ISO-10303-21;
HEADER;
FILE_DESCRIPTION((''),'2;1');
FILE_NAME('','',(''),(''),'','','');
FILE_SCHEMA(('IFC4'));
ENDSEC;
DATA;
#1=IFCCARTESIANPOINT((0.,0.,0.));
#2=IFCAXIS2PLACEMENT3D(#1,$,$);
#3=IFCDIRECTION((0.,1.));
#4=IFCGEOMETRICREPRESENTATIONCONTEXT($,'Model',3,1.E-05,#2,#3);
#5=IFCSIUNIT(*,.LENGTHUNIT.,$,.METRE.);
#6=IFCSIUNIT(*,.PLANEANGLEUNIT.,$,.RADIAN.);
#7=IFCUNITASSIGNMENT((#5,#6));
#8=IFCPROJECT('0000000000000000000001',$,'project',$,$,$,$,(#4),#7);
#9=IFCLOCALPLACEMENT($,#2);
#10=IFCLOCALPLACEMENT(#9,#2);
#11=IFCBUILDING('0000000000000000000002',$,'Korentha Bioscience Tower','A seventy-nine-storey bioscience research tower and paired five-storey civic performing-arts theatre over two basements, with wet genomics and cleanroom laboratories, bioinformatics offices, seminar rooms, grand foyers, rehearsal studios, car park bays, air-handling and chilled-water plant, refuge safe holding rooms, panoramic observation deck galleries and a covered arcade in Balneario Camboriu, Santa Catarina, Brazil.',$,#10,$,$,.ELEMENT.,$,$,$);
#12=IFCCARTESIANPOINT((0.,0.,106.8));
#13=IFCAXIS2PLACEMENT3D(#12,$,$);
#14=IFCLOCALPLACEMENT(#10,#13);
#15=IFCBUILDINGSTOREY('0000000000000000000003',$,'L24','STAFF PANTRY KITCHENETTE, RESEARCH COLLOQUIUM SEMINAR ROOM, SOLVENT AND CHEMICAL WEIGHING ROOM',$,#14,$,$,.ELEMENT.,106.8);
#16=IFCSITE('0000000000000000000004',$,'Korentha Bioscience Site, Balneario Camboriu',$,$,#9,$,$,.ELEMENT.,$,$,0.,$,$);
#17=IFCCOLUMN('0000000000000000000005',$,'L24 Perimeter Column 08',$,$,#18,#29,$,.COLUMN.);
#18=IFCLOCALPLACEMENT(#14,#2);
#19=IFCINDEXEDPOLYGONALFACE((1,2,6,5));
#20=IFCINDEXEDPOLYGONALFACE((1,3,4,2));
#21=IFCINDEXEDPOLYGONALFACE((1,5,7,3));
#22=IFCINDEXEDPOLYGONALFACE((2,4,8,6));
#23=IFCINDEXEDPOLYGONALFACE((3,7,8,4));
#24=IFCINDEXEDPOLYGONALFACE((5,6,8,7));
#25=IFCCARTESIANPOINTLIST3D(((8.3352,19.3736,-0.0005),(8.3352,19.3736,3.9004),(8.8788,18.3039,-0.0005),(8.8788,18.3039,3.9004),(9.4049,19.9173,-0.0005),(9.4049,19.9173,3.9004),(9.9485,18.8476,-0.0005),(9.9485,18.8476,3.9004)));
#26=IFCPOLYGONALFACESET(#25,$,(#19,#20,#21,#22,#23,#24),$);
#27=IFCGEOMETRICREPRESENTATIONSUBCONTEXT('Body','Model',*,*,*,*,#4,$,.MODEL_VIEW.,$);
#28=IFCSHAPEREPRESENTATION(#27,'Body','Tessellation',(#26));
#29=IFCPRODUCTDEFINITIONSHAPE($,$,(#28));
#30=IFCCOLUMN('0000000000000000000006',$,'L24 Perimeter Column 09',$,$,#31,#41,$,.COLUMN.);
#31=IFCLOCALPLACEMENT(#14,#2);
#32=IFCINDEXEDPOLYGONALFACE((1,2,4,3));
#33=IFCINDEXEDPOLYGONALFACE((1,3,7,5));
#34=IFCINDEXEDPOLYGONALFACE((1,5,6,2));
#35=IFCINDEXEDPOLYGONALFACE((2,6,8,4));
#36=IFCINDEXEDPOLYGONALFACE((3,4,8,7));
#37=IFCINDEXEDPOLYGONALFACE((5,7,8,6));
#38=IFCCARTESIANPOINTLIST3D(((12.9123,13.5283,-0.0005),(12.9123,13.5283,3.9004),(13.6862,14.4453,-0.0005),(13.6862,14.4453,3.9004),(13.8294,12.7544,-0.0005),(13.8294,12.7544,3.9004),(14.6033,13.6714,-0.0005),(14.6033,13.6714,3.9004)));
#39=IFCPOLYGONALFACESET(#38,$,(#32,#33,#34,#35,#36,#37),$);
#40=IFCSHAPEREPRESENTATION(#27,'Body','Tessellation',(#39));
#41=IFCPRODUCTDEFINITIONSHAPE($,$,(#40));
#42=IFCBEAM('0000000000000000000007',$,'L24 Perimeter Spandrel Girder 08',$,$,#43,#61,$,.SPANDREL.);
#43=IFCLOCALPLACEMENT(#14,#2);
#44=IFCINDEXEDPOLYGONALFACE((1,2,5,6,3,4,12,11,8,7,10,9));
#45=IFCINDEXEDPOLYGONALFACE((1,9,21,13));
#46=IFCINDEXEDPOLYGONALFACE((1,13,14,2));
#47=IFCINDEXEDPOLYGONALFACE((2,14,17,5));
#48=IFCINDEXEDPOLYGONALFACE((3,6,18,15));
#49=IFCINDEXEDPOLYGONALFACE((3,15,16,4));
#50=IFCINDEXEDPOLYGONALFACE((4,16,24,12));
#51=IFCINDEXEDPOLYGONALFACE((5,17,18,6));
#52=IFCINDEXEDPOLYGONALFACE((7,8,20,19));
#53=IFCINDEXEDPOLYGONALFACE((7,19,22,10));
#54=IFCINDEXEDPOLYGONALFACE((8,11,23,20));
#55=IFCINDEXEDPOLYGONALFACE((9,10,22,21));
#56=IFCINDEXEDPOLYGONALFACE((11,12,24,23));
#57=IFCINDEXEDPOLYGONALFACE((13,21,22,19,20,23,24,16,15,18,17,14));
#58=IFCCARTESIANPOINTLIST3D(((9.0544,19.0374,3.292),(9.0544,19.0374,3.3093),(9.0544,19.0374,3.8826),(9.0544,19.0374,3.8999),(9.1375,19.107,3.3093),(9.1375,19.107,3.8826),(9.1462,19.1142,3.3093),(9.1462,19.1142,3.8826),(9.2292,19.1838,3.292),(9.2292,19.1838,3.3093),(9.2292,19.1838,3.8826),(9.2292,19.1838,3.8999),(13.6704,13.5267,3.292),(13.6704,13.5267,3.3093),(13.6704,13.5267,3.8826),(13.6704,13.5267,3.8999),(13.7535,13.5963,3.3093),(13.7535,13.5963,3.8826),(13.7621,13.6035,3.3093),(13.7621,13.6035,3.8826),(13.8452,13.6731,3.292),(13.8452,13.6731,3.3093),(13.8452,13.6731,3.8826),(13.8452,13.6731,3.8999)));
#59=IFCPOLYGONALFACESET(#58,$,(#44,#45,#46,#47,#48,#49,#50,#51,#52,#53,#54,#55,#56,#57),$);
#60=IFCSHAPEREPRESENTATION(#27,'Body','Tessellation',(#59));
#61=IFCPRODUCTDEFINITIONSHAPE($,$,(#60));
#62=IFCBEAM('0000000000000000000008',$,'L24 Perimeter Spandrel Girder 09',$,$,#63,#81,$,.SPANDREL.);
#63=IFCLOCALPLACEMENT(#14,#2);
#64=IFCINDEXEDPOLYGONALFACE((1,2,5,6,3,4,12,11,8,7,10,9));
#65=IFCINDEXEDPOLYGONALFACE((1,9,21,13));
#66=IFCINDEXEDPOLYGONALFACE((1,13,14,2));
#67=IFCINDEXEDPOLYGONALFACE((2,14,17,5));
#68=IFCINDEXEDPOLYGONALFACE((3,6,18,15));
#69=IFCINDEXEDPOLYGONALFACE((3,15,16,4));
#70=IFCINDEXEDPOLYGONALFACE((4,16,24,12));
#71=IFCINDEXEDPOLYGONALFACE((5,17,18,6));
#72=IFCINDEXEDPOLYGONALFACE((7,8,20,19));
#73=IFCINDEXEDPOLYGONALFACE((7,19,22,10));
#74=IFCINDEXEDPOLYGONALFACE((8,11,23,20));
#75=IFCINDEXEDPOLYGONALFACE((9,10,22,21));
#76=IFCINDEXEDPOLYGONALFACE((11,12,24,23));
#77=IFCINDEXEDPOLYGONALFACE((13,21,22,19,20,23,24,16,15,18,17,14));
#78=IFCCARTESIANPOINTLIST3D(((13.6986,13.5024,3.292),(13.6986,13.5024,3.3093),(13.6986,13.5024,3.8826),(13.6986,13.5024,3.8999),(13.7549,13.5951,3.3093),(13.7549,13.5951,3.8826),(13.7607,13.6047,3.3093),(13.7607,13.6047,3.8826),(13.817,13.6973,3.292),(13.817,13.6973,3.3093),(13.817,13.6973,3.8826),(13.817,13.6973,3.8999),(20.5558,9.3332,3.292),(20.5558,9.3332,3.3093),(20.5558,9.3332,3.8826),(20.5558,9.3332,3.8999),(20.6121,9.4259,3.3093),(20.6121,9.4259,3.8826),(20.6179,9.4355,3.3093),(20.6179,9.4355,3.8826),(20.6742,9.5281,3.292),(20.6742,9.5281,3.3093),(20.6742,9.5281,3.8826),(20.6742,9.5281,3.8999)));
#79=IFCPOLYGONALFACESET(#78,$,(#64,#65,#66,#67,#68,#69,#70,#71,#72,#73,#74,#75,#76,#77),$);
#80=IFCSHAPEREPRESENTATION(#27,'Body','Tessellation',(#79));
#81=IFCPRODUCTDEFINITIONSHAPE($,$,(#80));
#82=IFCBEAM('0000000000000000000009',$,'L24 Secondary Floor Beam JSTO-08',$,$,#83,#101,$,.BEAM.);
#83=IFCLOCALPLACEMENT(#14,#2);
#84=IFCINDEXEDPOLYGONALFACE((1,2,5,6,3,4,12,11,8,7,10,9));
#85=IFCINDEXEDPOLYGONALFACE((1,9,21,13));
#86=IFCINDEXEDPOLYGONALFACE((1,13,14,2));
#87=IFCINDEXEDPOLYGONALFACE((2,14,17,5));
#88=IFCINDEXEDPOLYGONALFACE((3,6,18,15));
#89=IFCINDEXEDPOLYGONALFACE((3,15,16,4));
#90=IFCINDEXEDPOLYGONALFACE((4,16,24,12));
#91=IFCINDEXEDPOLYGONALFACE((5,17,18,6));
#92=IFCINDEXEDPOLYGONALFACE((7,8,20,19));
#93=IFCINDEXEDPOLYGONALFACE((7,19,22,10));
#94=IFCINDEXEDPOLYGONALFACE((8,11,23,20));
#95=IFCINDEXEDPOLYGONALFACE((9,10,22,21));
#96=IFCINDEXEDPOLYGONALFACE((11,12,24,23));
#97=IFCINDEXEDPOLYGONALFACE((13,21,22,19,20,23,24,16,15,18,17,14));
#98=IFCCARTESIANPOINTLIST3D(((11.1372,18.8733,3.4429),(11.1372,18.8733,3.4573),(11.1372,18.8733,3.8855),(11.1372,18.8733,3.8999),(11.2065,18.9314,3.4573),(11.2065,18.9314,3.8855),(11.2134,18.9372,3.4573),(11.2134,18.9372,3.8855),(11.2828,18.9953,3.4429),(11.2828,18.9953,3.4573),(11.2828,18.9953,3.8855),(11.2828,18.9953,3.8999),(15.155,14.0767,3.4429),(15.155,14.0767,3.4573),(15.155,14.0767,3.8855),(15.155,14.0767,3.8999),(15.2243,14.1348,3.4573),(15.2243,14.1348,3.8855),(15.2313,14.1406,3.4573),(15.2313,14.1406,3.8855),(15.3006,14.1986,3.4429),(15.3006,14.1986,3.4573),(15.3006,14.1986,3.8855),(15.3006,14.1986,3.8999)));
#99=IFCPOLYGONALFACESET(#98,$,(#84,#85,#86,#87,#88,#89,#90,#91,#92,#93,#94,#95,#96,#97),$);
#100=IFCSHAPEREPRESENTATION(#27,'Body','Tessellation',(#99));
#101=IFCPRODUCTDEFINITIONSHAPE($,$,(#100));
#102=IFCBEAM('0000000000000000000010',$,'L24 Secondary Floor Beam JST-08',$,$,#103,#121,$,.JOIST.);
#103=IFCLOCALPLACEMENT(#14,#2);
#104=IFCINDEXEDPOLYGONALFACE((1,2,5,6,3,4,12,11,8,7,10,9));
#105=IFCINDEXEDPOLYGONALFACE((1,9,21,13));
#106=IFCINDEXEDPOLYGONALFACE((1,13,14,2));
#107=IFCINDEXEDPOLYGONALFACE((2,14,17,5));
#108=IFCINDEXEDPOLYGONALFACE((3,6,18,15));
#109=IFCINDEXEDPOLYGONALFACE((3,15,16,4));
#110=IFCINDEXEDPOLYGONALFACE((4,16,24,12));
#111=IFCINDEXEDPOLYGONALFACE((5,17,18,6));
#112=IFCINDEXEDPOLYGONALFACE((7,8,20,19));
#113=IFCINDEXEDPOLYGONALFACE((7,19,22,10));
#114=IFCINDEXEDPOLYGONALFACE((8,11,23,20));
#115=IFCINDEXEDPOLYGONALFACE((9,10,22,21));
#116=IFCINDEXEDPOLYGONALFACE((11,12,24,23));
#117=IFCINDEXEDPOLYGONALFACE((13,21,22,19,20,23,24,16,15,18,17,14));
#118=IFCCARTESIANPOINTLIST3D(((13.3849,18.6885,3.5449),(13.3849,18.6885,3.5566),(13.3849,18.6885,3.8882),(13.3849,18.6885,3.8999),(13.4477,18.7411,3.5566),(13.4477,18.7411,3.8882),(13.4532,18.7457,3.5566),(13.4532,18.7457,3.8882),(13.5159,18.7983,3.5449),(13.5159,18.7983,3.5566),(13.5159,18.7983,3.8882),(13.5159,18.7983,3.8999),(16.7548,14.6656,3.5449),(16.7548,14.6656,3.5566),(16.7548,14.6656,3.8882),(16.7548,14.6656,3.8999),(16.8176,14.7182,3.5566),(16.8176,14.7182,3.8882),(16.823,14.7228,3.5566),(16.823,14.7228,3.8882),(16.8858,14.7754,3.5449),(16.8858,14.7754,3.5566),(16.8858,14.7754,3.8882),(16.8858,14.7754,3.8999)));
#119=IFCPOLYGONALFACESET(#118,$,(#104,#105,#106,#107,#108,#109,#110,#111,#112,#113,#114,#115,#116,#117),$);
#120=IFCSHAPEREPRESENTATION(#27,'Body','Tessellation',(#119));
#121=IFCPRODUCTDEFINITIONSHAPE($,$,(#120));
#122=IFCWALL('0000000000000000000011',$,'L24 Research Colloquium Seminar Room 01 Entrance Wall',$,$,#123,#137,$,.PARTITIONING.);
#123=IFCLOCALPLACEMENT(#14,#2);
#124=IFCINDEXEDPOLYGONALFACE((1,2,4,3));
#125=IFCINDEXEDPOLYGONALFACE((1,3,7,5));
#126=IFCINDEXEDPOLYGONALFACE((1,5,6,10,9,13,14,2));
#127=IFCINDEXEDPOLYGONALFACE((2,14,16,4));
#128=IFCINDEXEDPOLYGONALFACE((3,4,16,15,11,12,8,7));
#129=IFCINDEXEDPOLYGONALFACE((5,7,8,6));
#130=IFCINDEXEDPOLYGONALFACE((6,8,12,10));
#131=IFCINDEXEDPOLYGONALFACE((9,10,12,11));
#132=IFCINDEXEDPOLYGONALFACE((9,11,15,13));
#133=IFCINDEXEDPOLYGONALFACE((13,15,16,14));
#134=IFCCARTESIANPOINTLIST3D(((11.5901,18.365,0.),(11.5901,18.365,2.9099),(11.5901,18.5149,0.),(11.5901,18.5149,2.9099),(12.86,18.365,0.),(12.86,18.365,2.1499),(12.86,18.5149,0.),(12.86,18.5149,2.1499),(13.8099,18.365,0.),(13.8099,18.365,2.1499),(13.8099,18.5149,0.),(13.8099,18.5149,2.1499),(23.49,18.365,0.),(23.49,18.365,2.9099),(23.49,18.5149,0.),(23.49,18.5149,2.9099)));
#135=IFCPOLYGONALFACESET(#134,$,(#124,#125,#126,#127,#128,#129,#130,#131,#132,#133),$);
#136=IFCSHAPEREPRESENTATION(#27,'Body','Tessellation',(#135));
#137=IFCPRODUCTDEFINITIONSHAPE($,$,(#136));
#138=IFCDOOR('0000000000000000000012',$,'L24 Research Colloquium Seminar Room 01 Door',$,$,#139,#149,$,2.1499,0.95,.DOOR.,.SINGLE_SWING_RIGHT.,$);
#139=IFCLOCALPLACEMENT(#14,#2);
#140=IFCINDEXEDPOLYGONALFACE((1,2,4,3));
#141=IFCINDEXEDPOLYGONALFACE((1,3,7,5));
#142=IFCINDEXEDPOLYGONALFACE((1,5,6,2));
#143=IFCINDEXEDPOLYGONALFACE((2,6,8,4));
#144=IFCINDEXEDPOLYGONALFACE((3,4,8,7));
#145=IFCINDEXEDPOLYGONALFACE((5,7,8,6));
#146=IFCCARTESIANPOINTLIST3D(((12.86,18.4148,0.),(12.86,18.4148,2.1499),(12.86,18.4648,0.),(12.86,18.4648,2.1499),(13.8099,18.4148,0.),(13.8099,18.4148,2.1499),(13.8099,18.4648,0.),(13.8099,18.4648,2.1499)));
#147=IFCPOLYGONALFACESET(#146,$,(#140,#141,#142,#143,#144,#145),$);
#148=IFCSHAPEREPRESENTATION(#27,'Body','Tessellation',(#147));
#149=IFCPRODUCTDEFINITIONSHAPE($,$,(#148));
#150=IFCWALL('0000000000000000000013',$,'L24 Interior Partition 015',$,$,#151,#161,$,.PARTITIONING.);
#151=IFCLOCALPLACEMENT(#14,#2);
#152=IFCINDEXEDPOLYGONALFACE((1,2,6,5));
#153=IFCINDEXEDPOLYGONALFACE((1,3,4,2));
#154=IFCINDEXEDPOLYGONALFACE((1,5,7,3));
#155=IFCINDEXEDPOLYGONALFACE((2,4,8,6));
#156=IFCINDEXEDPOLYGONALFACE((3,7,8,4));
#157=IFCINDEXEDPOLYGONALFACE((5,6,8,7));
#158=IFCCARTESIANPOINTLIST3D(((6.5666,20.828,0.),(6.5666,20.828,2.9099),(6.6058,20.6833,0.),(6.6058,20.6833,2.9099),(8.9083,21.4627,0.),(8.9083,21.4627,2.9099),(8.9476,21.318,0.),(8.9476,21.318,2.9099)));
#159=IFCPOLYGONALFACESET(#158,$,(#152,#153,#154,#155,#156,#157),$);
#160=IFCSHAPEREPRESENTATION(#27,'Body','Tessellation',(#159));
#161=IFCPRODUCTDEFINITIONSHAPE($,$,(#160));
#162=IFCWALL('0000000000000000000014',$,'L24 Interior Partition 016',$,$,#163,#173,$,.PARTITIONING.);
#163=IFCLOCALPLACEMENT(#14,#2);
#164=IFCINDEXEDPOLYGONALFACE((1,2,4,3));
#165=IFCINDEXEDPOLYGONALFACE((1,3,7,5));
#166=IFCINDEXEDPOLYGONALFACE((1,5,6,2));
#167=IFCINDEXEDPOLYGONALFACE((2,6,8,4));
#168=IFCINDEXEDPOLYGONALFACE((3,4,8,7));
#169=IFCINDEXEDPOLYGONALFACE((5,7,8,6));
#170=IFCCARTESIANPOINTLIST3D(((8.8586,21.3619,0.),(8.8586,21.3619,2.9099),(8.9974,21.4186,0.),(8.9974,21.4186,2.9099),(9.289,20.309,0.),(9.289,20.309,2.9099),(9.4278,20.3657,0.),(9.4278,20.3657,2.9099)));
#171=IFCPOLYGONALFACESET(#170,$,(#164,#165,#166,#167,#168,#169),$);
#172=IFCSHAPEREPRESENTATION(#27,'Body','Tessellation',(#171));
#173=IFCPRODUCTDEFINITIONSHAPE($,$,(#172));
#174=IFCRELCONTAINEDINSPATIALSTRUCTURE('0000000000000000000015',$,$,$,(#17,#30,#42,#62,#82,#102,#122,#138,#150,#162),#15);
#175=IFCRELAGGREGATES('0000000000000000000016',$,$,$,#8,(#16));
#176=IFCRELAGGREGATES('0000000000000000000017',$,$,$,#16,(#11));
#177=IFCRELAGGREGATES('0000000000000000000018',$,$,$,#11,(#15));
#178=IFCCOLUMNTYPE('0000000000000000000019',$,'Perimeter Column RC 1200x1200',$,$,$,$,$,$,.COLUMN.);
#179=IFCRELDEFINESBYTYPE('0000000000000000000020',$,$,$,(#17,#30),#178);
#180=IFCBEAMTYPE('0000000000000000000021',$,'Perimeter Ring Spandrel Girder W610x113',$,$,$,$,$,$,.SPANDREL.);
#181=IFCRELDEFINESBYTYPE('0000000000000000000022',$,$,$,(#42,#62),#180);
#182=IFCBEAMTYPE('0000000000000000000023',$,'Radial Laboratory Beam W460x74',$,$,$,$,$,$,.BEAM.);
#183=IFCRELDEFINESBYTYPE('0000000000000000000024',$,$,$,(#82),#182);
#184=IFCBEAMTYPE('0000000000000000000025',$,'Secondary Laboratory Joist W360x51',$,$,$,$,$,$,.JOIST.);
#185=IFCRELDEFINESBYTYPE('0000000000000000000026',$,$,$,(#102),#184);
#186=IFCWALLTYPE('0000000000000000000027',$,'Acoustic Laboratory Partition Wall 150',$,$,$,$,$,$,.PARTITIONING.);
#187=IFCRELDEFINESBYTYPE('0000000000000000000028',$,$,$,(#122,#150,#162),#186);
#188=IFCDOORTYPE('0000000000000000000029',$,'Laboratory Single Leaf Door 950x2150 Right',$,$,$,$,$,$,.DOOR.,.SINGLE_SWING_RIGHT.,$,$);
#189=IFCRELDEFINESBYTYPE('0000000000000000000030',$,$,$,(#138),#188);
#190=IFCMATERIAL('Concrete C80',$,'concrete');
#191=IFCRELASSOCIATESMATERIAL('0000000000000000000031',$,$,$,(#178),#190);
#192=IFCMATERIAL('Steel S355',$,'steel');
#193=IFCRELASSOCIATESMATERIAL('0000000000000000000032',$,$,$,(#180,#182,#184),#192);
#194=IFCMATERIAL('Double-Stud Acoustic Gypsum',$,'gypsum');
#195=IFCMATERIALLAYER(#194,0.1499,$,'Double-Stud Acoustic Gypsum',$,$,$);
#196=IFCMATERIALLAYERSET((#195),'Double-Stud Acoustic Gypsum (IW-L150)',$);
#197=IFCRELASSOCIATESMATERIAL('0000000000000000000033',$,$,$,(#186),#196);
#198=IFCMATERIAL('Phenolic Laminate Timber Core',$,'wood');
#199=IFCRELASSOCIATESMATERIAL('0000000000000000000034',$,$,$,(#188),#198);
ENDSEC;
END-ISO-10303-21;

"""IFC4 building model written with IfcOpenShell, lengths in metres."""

from ifc_helpers import new_model, si_unit, direction, frame, frame_2d, origin, origin_2d, place, context, subcontext, project, spatial, rectangle, i_section, extrude, material, layer, layer_set, material_profile, profile_set, type_object, element, fill, save


model = new_model("IFC4")

# Units and contexts
model_context = context("Model", 3, precision=1e-05, world=origin(), true_north=direction((0.0, 1.0)))
body_context = subcontext(model_context, "Body", "Model", "MODEL_VIEW")
ifc_project = project(units=[si_unit("LENGTHUNIT", "METRE"), si_unit("PLANEANGLEUNIT", "RADIAN")], contexts=[model_context])

# Site, building, storey
site_placement = place(None, origin())
site = spatial("IfcSite", under=ifc_project, at=site_placement, Name="Korentha Bioscience Site, Balneario Camboriu", CompositionType="ELEMENT", RefElevation=0.0)
building_placement = place(site_placement, origin())
building = spatial("IfcBuilding", under=site, at=building_placement, Name="Korentha Bioscience Tower", Description="A seventy-nine-storey bioscience research tower and paired five-storey civic performing-arts theatre over two basements, with wet genomics and cleanroom laboratories, bioinformatics offices, seminar rooms, grand foyers, rehearsal studios, car park bays, air-handling and chilled-water plant, refuge safe holding rooms, panoramic observation deck galleries and a covered arcade in Balneario Camboriu, Santa Catarina, Brazil.", CompositionType="ELEMENT")
storey_placement = place(building_placement, frame((0.0, 0.0, 106.8)))
storey = spatial("IfcBuildingStorey", under=building, at=storey_placement, Name="L24", Description="STAFF PANTRY KITCHENETTE, RESEARCH COLLOQUIUM SEMINAR ROOM, SOLVENT AND CHEMICAL WEIGHING ROOM", CompositionType="ELEMENT", Elevation=106.8)

# Columns
ifc_material_1 = material(Name="Concrete C80", Category="concrete")
ifc_material_profile_1 = material_profile(ifc_material_1, rectangle(XDim=1.2, YDim=1.2, at=origin_2d()), Name="Concrete C80")
ifc_profile_set_1 = profile_set([ifc_material_profile_1], Name="Concrete C80 (COL-P12)")
column_type = type_object("IfcColumnType", Name="Perimeter Column RC 1200x1200", PredefinedType="COLUMN", material=ifc_profile_set_1)
for number, where, z_axis, x_axis, name in (
    (1, (9.1418, 19.1106, -0.0005), (0.0, 0.0, 1.0), (-0.453057, 0.891481, 0.0), "L24 Perimeter Column 08"),
    (2, (13.7578, 13.5999, -0.0005), (0.0, 0.0, 1.0), (-0.764246, 0.644924, 0.0), "L24 Perimeter Column 09"),
):
    element("IfcColumn", number, at=place(storey_placement, frame(where, z_axis=z_axis, x_axis=x_axis)), inside=storey, type_object=column_type, Name=name, PredefinedType="COLUMN", context=body_context, shape_type="SweptSolid", body=[
        extrude(rectangle(XDim=1.2, YDim=1.2, at=origin_2d()), origin(), (0.0, 0.0, 1.0), 3.9009),
    ])

# Beams
ifc_material_2 = material(Name="Steel S355", Category="steel")
ifc_material_profile_2 = material_profile(ifc_material_2, i_section(OverallWidth=0.228, OverallDepth=0.6079, WebThickness=0.0112, FlangeThickness=0.0173, at=origin_2d()), Name="Steel S355")
ifc_profile_set_2 = profile_set([ifc_material_profile_2], Name="Steel S355 (SB-610)")
beam_type_1 = type_object("IfcBeamType", Name="Perimeter Ring Spandrel Girder W610x113", PredefinedType="SPANDREL", material=ifc_profile_set_2)
beam_1_placement = place(storey_placement, frame((9.1418, 19.1106, 3.5959), z_axis=(0.642127, -0.766599, 0.0), x_axis=(0.766599, 0.642127, 0.0)))
element("IfcBeam", 3, at=beam_1_placement, inside=storey, type_object=beam_type_1, Name="L24 Perimeter Spandrel Girder 08", PredefinedType="SPANDREL", context=body_context, shape_type="SweptSolid", body=[
    extrude(i_section(OverallWidth=0.228, OverallDepth=0.6079, WebThickness=0.0112, FlangeThickness=0.0173, at=origin_2d()), origin(), (0.0, 0.0, 1.0), 7.1885),
])
beam_2_placement = place(storey_placement, frame((13.7578, 13.5999, 3.5959), z_axis=(0.854461, -0.519515, 0.0), x_axis=(0.519515, 0.854461, 0.0)))
element("IfcBeam", 4, at=beam_2_placement, inside=storey, type_object=beam_type_1, Name="L24 Perimeter Spandrel Girder 09", PredefinedType="SPANDREL", context=body_context, shape_type="SweptSolid", body=[
    extrude(i_section(OverallWidth=0.228, OverallDepth=0.6079, WebThickness=0.0112, FlangeThickness=0.0173, at=origin_2d()), origin(), (0.0, 0.0, 1.0), 8.0251),
])
ifc_material_profile_3 = material_profile(ifc_material_2, i_section(OverallWidth=0.1899, OverallDepth=0.457, WebThickness=0.009, FlangeThickness=0.0144, at=origin_2d()), Name="Steel S355")
ifc_profile_set_3 = profile_set([ifc_material_profile_3], Name="Steel S355 (RB-460)")
beam_type_2 = type_object("IfcBeamType", Name="Radial Laboratory Beam W460x74", PredefinedType="BEAM", material=ifc_profile_set_3)
beam_3_placement = place(storey_placement, frame((11.21, 18.9343, 3.6714), z_axis=(0.642128, -0.766597, 0.0), x_axis=(0.766597, 0.642128, 0.0)))
element("IfcBeam", 5, at=beam_3_placement, inside=storey, type_object=beam_type_2, Name="L24 Secondary Floor Beam JSTO-08", PredefinedType="BEAM", context=body_context, shape_type="SweptSolid", body=[
    extrude(i_section(OverallWidth=0.1899, OverallDepth=0.457, WebThickness=0.009, FlangeThickness=0.0144, at=origin_2d()), origin(), (0.0, 0.0, 1.0), 6.2571),
])
ifc_material_profile_4 = material_profile(ifc_material_2, i_section(OverallWidth=0.1709, OverallDepth=0.355, WebThickness=0.0071, FlangeThickness=0.0117, at=origin_2d()), Name="Steel S355")
ifc_profile_set_4 = profile_set([ifc_material_profile_4], Name="Steel S355 (JB-360)")
beam_type_3 = type_object("IfcBeamType", Name="Secondary Laboratory Joist W360x51", PredefinedType="JOIST", material=ifc_profile_set_4)
beam_4_placement = place(storey_placement, frame((13.4504, 18.7434, 3.7224), z_axis=(0.642141, -0.766587, 0.0), x_axis=(0.766587, 0.642141, 0.0)))
element("IfcBeam", 6, at=beam_4_placement, inside=storey, type_object=beam_type_3, Name="L24 Secondary Floor Beam JST-08", PredefinedType="JOIST", context=body_context, shape_type="SweptSolid", body=[
    extrude(i_section(OverallWidth=0.1709, OverallDepth=0.355, WebThickness=0.0071, FlangeThickness=0.0117, at=origin_2d()), origin(), (0.0, 0.0, 1.0), 5.2478),
])

# Wall, opening, door
ifc_material_3 = material(Name="Double-Stud Acoustic Gypsum", Category="gypsum")
ifc_layer_1 = layer(ifc_material_3, 0.1499, Name="Double-Stud Acoustic Gypsum")
ifc_layer_set_1 = layer_set([ifc_layer_1], Name="Double-Stud Acoustic Gypsum (IW-L150)")
wall_type_1 = type_object("IfcWallType", Name="Acoustic Laboratory Partition Wall 150", PredefinedType="PARTITIONING", material=ifc_layer_set_1)
wall_1_placement = place(storey_placement, frame((11.5901, 18.4399, 0.0), z_axis=(0.0, 0.0, 1.0), x_axis=(1.0, 0.0, 0.0)))
wall_1 = element("IfcWall", 7, at=wall_1_placement, inside=storey, type_object=wall_type_1, Name="L24 Research Colloquium Seminar Room 01 Entrance Wall", PredefinedType="PARTITIONING", context=body_context, shape_type="SweptSolid", body=[
    extrude(rectangle(XDim=11.8999, YDim=0.1499, at=frame_2d((5.95, 0.0))), origin(), (0.0, 0.0, 1.0), 2.9099),
])
opening_1_placement = place(wall_1_placement, frame((1.2698, 0.0, 0.0)))
opening_1 = element("IfcOpeningElement", 8, at=opening_1_placement, cuts=wall_1, PredefinedType="OPENING", context=body_context, shape_type="SweptSolid", body=[
    extrude(rectangle(XDim=0.95, YDim=2.1499, at=frame_2d((0.4751, 1.075))), frame((0.0, 0.0898, 0.0), z_axis=(0.0, -1.0, 0.0), x_axis=(1.0, 0.0, 0.0)), (0.0, 0.0, 1.0), 0.1797),
])
ifc_material_4 = material(Name="Phenolic Laminate Timber Core", Category="wood")
door_type = type_object("IfcDoorType", Name="Laboratory Single Leaf Door 950x2150 Right", OperationType="SINGLE_SWING_RIGHT", PredefinedType="DOOR", material=ifc_material_4)
door_placement = place(opening_1_placement, origin())
door = element("IfcDoor", 9, at=door_placement, inside=storey, type_object=door_type, Name="L24 Research Colloquium Seminar Room 01 Door", OperationType="SINGLE_SWING_RIGHT", OverallHeight=2.1499, OverallWidth=0.95, PredefinedType="DOOR", context=body_context, shape_type="SweptSolid", body=[
    extrude(rectangle(XDim=0.95, YDim=2.1499, at=frame_2d((0.4751, 1.075))), frame((0.0, 0.0249, 0.0), z_axis=(0.0, -1.0, 0.0), x_axis=(1.0, 0.0, 0.0)), (0.0, 0.0, 1.0), 0.05),
])
fill(opening_1, door)

# Walls
wall_2_placement = place(storey_placement, frame((6.5862, 20.7556, 0.0), z_axis=(0.0, 0.0, 1.0), x_axis=(0.965171, 0.261619, 0.0)))
element("IfcWall", 10, at=wall_2_placement, inside=storey, type_object=wall_type_1, Name="L24 Interior Partition 015", PredefinedType="PARTITIONING", context=body_context, shape_type="SweptSolid", body=[
    extrude(rectangle(XDim=2.4263, YDim=0.1499, at=frame_2d((1.2131, 0.0))), origin(), (0.0, 0.0, 1.0), 2.9099),
])
wall_3_placement = place(storey_placement, frame((8.928, 21.3904, 0.0), z_axis=(0.0, 0.0, 1.0), x_axis=(0.378374, -0.925653, 0.0)))
element("IfcWall", 11, at=wall_3_placement, inside=storey, type_object=wall_type_1, Name="L24 Interior Partition 016", PredefinedType="PARTITIONING", context=body_context, shape_type="SweptSolid", body=[
    extrude(rectangle(XDim=1.1375, YDim=0.1499, at=frame_2d((0.5688, 0.0))), origin(), (0.0, 0.0, 1.0), 2.9099),
])

save(model, "model.ifc")
